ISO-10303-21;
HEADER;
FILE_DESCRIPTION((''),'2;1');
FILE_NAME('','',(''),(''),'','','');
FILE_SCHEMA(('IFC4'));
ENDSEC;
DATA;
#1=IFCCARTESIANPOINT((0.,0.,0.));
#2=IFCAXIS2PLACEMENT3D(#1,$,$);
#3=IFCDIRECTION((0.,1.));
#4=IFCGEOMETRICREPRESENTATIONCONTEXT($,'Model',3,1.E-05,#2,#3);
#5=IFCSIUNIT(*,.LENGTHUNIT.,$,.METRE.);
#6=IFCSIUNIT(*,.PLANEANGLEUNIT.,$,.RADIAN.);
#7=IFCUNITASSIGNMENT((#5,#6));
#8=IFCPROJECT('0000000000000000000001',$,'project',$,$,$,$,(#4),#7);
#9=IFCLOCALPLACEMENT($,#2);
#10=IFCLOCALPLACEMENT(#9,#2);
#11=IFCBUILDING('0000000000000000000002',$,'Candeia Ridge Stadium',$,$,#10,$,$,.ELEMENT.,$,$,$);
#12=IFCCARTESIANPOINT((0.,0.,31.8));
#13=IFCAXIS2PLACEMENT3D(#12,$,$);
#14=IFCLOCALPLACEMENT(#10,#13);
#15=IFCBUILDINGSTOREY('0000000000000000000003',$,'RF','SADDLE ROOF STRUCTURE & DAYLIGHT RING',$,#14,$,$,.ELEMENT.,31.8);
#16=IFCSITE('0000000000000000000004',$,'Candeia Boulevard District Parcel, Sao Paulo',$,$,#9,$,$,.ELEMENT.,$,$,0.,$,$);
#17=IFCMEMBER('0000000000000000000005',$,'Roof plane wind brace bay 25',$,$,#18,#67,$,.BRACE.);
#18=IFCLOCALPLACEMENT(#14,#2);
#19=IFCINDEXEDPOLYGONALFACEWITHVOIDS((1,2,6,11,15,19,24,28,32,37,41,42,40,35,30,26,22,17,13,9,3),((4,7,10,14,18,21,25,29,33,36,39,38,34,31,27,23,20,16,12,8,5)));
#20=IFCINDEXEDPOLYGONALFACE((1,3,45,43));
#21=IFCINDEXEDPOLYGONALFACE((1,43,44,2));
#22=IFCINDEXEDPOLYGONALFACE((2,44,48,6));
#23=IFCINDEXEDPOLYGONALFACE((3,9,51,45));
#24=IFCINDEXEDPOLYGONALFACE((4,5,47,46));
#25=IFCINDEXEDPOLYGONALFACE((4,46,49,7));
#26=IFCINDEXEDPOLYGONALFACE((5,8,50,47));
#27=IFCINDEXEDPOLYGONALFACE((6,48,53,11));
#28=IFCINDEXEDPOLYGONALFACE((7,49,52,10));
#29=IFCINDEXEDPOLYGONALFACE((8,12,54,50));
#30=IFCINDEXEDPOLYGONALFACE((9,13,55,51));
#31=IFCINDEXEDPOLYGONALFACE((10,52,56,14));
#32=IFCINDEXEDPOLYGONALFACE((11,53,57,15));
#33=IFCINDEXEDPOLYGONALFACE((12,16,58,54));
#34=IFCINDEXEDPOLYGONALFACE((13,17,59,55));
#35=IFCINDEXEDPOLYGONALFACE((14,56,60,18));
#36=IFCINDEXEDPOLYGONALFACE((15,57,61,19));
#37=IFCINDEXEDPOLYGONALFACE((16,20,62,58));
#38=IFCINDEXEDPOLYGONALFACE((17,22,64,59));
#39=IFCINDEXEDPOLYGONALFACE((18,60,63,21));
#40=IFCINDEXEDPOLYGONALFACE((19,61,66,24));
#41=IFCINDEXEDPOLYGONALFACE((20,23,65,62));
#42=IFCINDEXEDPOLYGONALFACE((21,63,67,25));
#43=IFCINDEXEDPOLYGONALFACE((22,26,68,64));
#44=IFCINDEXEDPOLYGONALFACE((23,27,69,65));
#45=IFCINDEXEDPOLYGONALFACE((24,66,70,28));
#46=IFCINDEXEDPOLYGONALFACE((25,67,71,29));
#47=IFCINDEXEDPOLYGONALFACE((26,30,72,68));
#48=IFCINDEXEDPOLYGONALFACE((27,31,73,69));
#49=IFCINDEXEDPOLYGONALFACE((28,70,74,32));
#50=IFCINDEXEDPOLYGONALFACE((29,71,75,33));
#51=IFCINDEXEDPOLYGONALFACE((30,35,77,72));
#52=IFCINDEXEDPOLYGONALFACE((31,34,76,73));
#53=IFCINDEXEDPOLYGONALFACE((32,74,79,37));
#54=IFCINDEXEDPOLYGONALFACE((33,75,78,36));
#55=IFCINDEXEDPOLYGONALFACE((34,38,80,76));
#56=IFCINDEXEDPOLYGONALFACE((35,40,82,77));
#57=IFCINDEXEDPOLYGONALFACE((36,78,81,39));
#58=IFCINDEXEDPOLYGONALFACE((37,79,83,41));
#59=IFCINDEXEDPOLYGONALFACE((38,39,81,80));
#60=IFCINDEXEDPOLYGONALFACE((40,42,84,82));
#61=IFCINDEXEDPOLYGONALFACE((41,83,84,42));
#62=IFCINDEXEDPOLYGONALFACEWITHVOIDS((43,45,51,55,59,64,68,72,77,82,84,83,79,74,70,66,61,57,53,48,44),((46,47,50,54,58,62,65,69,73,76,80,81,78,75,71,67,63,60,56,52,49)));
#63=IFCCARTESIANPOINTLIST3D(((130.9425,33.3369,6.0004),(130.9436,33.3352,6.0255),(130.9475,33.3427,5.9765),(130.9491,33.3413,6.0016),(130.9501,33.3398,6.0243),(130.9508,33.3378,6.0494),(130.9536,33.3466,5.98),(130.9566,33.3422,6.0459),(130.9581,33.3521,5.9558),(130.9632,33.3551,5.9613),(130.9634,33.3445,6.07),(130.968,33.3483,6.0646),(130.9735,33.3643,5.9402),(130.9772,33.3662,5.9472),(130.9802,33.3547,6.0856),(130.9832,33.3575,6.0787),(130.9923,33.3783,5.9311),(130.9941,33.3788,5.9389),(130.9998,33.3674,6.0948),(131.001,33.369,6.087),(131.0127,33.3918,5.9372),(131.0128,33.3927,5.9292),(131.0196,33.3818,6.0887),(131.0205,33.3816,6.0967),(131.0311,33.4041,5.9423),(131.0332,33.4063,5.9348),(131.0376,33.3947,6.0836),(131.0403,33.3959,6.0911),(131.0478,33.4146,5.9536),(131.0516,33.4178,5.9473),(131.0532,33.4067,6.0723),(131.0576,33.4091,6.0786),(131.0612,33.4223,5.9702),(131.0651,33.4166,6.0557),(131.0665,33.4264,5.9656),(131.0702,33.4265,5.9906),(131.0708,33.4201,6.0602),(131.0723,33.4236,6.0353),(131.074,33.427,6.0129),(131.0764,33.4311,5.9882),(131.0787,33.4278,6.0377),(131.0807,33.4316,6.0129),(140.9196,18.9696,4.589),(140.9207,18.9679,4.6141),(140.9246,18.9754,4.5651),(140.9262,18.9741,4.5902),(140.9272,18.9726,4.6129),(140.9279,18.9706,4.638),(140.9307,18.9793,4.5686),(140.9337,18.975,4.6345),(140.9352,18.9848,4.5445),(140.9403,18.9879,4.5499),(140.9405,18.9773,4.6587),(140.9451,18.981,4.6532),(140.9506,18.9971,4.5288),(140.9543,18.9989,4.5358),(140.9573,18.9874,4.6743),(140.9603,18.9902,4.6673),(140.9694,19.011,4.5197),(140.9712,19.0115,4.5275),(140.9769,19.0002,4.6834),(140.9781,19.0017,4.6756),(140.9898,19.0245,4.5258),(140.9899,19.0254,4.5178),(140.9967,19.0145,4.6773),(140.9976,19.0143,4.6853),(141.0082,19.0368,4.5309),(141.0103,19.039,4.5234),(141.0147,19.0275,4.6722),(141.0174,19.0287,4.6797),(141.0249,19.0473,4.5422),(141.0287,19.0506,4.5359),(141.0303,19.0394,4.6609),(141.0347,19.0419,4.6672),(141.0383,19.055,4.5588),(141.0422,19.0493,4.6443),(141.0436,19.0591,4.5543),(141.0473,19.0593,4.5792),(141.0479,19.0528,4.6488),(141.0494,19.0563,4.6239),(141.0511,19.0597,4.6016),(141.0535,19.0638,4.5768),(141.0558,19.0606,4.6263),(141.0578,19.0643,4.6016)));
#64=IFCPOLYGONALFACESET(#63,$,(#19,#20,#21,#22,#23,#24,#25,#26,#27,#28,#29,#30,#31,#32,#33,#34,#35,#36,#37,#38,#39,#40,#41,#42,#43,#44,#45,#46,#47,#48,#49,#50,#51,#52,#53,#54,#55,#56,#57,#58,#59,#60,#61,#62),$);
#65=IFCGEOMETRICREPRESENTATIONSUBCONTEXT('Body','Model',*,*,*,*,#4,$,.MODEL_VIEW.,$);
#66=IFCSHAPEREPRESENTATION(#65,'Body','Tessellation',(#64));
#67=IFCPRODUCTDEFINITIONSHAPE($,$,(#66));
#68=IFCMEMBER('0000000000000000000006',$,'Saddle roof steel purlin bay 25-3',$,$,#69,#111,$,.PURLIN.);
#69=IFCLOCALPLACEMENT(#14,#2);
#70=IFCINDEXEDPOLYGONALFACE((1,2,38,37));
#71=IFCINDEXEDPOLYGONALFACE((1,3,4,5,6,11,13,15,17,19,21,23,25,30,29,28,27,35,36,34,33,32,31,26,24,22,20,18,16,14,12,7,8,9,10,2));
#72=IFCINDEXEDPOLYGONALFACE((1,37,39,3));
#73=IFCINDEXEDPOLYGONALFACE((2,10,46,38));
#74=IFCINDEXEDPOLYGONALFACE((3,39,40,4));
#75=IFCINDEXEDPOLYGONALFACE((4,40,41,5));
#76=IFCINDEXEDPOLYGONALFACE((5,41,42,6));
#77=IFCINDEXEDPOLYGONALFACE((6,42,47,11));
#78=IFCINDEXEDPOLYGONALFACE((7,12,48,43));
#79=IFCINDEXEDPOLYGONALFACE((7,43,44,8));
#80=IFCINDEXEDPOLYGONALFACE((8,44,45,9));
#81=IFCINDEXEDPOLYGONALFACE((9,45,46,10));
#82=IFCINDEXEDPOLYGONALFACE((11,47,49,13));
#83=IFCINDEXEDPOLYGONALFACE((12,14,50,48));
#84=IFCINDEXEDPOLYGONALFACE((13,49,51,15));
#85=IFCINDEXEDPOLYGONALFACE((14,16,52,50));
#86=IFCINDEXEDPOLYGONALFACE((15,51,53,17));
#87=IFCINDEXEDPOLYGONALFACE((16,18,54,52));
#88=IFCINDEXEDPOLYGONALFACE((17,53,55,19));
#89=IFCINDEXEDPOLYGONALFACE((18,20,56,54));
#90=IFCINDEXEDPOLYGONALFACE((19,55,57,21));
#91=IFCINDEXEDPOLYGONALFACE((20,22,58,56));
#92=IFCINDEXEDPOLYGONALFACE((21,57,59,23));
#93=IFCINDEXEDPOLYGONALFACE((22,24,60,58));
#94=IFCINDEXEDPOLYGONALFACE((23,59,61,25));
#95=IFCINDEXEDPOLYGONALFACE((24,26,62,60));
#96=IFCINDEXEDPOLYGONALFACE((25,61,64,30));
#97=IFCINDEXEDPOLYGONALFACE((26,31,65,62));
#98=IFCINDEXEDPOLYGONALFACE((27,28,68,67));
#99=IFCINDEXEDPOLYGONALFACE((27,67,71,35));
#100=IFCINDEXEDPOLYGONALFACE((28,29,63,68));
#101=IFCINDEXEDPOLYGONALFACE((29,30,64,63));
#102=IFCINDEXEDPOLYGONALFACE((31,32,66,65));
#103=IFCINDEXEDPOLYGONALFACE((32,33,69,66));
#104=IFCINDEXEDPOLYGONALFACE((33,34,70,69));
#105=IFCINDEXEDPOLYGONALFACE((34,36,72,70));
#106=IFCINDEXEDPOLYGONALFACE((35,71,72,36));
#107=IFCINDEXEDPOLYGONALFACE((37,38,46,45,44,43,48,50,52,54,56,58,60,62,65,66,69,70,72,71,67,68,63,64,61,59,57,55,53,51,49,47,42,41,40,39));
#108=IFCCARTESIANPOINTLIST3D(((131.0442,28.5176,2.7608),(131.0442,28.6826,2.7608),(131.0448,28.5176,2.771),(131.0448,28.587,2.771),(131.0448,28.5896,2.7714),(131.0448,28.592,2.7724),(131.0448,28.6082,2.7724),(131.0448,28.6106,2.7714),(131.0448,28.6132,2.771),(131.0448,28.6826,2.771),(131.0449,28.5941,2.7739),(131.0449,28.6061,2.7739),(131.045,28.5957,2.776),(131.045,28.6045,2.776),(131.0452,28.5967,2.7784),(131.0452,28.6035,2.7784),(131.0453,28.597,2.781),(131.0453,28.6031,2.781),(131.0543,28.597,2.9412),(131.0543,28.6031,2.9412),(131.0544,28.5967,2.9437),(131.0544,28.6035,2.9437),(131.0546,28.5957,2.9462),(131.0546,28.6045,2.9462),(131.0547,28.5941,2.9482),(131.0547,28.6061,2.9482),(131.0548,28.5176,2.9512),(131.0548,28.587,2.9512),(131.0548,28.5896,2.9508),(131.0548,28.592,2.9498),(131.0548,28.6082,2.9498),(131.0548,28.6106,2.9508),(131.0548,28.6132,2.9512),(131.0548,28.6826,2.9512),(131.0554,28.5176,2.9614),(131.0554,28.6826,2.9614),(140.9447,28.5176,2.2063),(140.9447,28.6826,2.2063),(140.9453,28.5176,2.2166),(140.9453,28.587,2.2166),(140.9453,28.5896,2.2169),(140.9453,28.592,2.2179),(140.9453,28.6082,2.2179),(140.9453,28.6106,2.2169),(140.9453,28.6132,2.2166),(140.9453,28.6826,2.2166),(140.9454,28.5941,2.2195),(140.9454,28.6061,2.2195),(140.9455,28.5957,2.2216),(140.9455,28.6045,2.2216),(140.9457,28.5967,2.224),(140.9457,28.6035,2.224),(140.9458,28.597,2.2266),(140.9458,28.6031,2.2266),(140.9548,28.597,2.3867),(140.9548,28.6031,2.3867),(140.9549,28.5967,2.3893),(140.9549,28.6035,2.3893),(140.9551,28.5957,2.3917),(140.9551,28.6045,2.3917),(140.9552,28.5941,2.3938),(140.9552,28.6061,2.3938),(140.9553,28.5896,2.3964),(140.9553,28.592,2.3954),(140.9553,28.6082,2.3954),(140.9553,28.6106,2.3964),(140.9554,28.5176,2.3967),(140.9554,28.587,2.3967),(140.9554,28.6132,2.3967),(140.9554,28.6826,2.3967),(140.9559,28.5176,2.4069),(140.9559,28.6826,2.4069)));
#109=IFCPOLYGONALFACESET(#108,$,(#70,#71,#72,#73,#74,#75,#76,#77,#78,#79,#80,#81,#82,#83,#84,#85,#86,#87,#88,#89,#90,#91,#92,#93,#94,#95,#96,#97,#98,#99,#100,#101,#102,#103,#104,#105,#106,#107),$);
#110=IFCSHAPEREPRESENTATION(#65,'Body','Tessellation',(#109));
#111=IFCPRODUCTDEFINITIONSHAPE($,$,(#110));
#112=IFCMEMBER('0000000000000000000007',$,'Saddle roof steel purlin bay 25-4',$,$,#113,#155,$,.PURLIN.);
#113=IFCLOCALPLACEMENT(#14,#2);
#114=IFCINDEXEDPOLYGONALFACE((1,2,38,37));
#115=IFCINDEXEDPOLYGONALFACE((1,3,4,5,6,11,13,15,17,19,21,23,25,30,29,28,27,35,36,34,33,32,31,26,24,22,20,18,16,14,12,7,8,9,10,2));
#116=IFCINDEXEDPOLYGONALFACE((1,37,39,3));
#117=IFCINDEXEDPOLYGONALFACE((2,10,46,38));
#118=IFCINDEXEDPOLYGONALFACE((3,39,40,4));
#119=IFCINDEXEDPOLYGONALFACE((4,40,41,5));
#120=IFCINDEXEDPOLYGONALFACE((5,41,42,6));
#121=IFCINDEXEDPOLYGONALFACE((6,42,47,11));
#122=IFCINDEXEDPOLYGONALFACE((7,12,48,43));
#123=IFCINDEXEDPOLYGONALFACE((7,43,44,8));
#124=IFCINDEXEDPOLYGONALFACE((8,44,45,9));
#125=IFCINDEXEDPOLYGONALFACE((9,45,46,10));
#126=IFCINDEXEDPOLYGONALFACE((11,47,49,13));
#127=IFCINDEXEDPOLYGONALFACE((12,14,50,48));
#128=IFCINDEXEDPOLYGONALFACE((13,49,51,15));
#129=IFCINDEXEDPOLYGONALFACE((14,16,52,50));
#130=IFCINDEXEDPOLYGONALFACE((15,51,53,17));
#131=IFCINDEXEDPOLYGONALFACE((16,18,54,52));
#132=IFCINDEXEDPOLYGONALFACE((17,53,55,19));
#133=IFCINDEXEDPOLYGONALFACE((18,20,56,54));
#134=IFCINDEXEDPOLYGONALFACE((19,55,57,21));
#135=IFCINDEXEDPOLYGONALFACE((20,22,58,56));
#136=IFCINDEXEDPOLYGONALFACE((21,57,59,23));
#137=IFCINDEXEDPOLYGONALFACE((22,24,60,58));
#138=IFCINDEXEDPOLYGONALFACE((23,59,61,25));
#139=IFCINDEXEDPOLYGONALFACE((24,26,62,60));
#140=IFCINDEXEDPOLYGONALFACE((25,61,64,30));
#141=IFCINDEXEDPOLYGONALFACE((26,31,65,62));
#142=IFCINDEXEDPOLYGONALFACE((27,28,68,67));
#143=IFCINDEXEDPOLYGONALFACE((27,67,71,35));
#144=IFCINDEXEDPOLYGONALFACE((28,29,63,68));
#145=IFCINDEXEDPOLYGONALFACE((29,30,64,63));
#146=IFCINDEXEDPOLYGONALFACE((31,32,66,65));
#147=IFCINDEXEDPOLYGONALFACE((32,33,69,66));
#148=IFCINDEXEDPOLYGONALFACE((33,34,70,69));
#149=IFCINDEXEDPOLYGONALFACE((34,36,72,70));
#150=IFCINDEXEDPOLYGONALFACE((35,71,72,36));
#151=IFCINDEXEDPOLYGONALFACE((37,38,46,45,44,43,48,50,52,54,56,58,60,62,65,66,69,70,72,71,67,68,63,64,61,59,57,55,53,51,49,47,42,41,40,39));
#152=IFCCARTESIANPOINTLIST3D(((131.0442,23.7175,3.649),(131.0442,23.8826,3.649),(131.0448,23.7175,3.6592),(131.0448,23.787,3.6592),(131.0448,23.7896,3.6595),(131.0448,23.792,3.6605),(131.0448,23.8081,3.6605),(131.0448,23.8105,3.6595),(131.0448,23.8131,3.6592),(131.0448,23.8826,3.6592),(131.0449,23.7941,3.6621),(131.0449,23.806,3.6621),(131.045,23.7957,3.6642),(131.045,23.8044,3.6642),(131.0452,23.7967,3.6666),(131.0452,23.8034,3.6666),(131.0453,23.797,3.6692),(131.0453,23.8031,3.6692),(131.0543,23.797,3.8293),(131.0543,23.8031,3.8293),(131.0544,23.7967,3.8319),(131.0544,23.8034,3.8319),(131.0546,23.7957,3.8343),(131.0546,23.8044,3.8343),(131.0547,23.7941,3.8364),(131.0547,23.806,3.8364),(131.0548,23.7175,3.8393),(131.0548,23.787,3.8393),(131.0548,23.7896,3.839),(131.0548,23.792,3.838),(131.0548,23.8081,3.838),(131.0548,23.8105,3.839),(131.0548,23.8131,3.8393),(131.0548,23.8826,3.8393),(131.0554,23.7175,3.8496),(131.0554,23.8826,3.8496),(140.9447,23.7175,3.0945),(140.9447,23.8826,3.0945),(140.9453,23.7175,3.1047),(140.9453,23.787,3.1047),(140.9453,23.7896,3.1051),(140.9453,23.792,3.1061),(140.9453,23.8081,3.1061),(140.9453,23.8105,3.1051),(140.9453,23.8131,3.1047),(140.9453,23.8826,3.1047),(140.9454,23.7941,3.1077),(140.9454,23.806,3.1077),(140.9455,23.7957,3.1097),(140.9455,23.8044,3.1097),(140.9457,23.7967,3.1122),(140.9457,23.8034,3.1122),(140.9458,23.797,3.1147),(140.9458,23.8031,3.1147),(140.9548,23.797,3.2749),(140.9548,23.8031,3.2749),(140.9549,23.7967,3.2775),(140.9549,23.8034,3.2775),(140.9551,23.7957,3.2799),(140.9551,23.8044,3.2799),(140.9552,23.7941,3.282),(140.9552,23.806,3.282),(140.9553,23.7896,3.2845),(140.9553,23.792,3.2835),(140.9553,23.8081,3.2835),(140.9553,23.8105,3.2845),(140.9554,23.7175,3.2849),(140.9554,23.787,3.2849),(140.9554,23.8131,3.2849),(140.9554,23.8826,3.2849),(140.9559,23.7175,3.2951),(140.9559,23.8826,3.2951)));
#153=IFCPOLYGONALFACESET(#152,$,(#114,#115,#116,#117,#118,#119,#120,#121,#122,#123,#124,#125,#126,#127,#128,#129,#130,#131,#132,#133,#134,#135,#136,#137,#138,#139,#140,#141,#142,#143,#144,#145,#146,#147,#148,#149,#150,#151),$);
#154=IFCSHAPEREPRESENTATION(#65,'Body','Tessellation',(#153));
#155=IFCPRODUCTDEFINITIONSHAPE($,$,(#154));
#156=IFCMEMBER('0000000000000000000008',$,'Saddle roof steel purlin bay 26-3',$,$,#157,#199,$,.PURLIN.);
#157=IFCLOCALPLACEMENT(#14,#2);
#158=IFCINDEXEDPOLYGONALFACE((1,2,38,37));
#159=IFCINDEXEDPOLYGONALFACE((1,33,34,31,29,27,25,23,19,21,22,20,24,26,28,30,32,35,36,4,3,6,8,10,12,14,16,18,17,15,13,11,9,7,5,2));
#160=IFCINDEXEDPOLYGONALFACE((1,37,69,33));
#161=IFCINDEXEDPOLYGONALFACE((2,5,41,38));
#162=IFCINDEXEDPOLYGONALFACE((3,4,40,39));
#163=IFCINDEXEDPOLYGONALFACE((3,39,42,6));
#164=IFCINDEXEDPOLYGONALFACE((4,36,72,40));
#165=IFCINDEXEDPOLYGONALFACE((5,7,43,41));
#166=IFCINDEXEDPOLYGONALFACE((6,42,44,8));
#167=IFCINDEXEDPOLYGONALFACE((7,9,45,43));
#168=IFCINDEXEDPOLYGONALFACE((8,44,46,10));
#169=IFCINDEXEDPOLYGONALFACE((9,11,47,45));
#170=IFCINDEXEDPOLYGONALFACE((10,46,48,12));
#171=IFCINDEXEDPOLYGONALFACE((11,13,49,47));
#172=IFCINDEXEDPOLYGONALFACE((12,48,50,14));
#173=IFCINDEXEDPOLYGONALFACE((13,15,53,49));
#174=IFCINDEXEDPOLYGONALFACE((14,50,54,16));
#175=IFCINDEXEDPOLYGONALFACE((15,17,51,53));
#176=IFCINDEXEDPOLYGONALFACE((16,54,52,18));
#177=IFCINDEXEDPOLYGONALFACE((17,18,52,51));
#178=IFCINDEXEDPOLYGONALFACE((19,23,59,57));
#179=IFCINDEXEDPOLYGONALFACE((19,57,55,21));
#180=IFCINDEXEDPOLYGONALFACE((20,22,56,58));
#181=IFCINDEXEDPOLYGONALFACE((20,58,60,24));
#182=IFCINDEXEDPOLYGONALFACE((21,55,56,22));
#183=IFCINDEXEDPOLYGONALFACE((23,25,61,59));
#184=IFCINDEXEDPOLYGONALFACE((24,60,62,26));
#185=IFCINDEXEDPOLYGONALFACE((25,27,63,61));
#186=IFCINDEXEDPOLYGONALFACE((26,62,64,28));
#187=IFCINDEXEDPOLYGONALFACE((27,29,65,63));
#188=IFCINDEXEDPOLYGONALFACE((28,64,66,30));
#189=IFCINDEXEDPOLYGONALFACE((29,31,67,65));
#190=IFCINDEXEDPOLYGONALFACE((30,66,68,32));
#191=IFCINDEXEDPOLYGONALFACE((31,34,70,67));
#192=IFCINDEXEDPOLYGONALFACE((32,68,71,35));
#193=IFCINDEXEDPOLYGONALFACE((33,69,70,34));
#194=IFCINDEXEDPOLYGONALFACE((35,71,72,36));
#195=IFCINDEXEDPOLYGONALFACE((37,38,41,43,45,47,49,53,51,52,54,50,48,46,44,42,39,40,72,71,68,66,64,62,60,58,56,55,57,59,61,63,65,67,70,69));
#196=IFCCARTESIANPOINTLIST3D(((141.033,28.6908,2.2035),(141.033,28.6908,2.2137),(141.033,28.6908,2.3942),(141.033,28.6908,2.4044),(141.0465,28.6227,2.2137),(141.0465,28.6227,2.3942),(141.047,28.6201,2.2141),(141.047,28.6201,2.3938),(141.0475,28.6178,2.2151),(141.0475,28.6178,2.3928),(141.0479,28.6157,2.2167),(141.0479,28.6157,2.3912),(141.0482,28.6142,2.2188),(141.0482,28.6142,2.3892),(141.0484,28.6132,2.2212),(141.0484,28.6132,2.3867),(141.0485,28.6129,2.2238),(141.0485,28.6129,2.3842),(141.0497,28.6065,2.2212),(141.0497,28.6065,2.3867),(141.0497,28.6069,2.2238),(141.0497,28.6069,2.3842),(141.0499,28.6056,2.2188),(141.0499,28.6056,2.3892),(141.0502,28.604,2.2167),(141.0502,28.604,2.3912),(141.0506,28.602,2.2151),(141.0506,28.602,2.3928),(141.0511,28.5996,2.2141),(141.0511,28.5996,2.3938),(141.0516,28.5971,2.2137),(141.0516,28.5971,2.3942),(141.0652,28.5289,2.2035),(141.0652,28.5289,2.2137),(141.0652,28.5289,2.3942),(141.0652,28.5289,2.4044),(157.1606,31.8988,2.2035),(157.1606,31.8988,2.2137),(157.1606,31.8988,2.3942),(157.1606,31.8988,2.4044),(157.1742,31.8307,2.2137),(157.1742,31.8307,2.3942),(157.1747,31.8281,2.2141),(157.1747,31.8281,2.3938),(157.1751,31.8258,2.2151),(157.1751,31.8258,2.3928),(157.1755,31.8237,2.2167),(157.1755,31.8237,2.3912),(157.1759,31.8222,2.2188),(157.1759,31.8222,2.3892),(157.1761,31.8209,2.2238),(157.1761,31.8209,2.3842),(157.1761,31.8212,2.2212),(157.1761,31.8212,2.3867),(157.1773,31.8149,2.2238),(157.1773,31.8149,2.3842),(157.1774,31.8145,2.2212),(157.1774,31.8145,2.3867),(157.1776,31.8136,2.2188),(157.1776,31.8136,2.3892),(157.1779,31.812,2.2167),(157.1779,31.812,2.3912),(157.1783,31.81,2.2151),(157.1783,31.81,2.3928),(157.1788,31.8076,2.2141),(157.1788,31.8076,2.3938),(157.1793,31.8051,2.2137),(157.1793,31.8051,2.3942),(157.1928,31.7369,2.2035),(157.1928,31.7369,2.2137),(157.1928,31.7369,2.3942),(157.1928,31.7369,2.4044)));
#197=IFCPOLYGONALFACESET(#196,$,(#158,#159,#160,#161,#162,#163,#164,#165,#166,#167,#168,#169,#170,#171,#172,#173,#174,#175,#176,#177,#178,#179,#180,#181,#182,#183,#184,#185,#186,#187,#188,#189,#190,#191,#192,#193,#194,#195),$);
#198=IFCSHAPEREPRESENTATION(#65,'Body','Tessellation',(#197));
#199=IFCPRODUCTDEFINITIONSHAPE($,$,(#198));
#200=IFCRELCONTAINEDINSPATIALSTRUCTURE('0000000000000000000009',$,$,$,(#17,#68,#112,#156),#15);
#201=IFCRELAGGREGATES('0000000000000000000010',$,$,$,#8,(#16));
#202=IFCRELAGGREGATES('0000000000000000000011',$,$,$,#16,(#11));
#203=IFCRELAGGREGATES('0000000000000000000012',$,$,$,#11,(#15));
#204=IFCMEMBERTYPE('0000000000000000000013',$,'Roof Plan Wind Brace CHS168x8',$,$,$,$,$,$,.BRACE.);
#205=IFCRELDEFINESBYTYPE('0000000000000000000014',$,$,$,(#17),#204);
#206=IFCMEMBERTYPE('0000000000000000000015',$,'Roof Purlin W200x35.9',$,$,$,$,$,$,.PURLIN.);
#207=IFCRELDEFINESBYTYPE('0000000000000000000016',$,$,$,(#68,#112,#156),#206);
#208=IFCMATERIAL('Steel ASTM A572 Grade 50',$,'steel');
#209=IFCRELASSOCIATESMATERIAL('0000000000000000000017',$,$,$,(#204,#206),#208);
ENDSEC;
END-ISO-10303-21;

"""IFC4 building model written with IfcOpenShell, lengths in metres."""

from ifc_helpers import new_model, si_unit, direction, frame, origin, origin_2d, place, context, subcontext, project, spatial, hollow_circle, i_section, extrude, material, material_profile, profile_set, type_object, element, save


model = new_model("IFC4")

# Units and contexts
model_context = context("Model", 3, precision=1e-05, world=origin(), true_north=direction((0.0, 1.0)))
body_context = subcontext(model_context, "Body", "Model", "MODEL_VIEW")
ifc_project = project(units=[si_unit("LENGTHUNIT", "METRE"), si_unit("PLANEANGLEUNIT", "RADIAN")], contexts=[model_context])

# Site, building, storey
site_placement = place(None, origin())
site = spatial("IfcSite", under=ifc_project, at=site_placement, Name="Candeia Boulevard District Parcel, Sao Paulo", CompositionType="ELEMENT", RefElevation=0.0)
building_placement = place(site_placement, origin())
building = spatial("IfcBuilding", under=site, at=building_placement, Name="Candeia Ridge Stadium", CompositionType="ELEMENT")
storey_placement = place(building_placement, frame((0.0, 0.0, 31.8)))
storey = spatial("IfcBuildingStorey", under=building, at=storey_placement, Name="RF", Description="SADDLE ROOF STRUCTURE & DAYLIGHT RING", CompositionType="ELEMENT", Elevation=31.8)

# Shared definitions
ifc_material_1 = material(Name="Steel ASTM A572 Grade 50", Category="steel")

# Members
ifc_material_profile_1 = material_profile(ifc_material_1, hollow_circle(Radius=0.0842, WallThickness=0.0081, at=origin_2d()), Name="CHS168x8", Category="steel")
ifc_profile_set_1 = profile_set([ifc_material_profile_1], Name="Steel ASTM A572 Grade 50")
member_type_1 = type_object("IfcMemberType", Name="Roof Plan Wind Brace CHS168x8", PredefinedType="BRACE", material=ifc_profile_set_1)
member_1_placement = place(storey_placement, frame((131.0115, 33.3835, 6.0129), z_axis=(0.568542, -0.818713, -0.080427), x_axis=(0.821374, 0.57039, 0.0)))
element("IfcMember", 1, at=member_1_placement, inside=storey, type_object=member_type_1, Name="Roof plane wind brace bay 25", PredefinedType="BRACE", context=body_context, shape_type="SweptSolid", body=[
    extrude(hollow_circle(Radius=0.0842, WallThickness=0.0081, at=origin_2d()), origin(), (0.0, 0.0, 1.0), 17.5486),
])
ifc_material_profile_2 = material_profile(ifc_material_1, i_section(OverallWidth=0.165, OverallDepth=0.2009, WebThickness=0.0061, FlangeThickness=0.0103, FilletRadius=0.01, at=origin_2d()), Name="W200x35.9", Category="steel")
ifc_profile_set_2 = profile_set([ifc_material_profile_2], Name="Steel ASTM A572 Grade 50")
member_type_2 = type_object("IfcMemberType", Name="Roof Purlin W200x35.9", PredefinedType="PURLIN", material=ifc_profile_set_2)
for number, where, z_axis, x_axis, name in (
    (2, (131.0498, 28.6001, 2.8611), (0.998436, 0.0, -0.055915), (0.0, 1.0, 0.0), "Saddle roof steel purlin bay 25-3"),
    (3, (131.0498, 23.8, 3.7493), (0.998436, 0.0, -0.055915), (0.0, 1.0, 0.0), "Saddle roof steel purlin bay 25-4"),
):
    element("IfcMember", number, at=place(storey_placement, frame(where, z_axis=z_axis, x_axis=x_axis)), inside=storey, type_object=member_type_2, Name=name, PredefinedType="PURLIN", context=body_context, shape_type="SweptSolid", body=[
        extrude(i_section(OverallWidth=0.165, OverallDepth=0.2009, WebThickness=0.0061, FlangeThickness=0.0103, FilletRadius=0.01, at=origin_2d()), origin(), (0.0, 0.0, 1.0), 9.916),
    ])
member_2_placement = place(storey_placement, frame((141.0491, 28.6099, 2.304), z_axis=(0.980785, 0.195091, 0.0), x_axis=(-0.195091, 0.980785, 0.0)))
element("IfcMember", 4, at=member_2_placement, inside=storey, type_object=member_type_2, Name="Saddle roof steel purlin bay 26-3", PredefinedType="PURLIN", context=body_context, shape_type="SweptSolid", body=[
    extrude(i_section(OverallWidth=0.165, OverallDepth=0.2009, WebThickness=0.0061, FlangeThickness=0.0103, FilletRadius=0.01, at=origin_2d()), origin(), (0.0, 0.0, 1.0), 16.4436),
])

save(model, "model.ifc")
